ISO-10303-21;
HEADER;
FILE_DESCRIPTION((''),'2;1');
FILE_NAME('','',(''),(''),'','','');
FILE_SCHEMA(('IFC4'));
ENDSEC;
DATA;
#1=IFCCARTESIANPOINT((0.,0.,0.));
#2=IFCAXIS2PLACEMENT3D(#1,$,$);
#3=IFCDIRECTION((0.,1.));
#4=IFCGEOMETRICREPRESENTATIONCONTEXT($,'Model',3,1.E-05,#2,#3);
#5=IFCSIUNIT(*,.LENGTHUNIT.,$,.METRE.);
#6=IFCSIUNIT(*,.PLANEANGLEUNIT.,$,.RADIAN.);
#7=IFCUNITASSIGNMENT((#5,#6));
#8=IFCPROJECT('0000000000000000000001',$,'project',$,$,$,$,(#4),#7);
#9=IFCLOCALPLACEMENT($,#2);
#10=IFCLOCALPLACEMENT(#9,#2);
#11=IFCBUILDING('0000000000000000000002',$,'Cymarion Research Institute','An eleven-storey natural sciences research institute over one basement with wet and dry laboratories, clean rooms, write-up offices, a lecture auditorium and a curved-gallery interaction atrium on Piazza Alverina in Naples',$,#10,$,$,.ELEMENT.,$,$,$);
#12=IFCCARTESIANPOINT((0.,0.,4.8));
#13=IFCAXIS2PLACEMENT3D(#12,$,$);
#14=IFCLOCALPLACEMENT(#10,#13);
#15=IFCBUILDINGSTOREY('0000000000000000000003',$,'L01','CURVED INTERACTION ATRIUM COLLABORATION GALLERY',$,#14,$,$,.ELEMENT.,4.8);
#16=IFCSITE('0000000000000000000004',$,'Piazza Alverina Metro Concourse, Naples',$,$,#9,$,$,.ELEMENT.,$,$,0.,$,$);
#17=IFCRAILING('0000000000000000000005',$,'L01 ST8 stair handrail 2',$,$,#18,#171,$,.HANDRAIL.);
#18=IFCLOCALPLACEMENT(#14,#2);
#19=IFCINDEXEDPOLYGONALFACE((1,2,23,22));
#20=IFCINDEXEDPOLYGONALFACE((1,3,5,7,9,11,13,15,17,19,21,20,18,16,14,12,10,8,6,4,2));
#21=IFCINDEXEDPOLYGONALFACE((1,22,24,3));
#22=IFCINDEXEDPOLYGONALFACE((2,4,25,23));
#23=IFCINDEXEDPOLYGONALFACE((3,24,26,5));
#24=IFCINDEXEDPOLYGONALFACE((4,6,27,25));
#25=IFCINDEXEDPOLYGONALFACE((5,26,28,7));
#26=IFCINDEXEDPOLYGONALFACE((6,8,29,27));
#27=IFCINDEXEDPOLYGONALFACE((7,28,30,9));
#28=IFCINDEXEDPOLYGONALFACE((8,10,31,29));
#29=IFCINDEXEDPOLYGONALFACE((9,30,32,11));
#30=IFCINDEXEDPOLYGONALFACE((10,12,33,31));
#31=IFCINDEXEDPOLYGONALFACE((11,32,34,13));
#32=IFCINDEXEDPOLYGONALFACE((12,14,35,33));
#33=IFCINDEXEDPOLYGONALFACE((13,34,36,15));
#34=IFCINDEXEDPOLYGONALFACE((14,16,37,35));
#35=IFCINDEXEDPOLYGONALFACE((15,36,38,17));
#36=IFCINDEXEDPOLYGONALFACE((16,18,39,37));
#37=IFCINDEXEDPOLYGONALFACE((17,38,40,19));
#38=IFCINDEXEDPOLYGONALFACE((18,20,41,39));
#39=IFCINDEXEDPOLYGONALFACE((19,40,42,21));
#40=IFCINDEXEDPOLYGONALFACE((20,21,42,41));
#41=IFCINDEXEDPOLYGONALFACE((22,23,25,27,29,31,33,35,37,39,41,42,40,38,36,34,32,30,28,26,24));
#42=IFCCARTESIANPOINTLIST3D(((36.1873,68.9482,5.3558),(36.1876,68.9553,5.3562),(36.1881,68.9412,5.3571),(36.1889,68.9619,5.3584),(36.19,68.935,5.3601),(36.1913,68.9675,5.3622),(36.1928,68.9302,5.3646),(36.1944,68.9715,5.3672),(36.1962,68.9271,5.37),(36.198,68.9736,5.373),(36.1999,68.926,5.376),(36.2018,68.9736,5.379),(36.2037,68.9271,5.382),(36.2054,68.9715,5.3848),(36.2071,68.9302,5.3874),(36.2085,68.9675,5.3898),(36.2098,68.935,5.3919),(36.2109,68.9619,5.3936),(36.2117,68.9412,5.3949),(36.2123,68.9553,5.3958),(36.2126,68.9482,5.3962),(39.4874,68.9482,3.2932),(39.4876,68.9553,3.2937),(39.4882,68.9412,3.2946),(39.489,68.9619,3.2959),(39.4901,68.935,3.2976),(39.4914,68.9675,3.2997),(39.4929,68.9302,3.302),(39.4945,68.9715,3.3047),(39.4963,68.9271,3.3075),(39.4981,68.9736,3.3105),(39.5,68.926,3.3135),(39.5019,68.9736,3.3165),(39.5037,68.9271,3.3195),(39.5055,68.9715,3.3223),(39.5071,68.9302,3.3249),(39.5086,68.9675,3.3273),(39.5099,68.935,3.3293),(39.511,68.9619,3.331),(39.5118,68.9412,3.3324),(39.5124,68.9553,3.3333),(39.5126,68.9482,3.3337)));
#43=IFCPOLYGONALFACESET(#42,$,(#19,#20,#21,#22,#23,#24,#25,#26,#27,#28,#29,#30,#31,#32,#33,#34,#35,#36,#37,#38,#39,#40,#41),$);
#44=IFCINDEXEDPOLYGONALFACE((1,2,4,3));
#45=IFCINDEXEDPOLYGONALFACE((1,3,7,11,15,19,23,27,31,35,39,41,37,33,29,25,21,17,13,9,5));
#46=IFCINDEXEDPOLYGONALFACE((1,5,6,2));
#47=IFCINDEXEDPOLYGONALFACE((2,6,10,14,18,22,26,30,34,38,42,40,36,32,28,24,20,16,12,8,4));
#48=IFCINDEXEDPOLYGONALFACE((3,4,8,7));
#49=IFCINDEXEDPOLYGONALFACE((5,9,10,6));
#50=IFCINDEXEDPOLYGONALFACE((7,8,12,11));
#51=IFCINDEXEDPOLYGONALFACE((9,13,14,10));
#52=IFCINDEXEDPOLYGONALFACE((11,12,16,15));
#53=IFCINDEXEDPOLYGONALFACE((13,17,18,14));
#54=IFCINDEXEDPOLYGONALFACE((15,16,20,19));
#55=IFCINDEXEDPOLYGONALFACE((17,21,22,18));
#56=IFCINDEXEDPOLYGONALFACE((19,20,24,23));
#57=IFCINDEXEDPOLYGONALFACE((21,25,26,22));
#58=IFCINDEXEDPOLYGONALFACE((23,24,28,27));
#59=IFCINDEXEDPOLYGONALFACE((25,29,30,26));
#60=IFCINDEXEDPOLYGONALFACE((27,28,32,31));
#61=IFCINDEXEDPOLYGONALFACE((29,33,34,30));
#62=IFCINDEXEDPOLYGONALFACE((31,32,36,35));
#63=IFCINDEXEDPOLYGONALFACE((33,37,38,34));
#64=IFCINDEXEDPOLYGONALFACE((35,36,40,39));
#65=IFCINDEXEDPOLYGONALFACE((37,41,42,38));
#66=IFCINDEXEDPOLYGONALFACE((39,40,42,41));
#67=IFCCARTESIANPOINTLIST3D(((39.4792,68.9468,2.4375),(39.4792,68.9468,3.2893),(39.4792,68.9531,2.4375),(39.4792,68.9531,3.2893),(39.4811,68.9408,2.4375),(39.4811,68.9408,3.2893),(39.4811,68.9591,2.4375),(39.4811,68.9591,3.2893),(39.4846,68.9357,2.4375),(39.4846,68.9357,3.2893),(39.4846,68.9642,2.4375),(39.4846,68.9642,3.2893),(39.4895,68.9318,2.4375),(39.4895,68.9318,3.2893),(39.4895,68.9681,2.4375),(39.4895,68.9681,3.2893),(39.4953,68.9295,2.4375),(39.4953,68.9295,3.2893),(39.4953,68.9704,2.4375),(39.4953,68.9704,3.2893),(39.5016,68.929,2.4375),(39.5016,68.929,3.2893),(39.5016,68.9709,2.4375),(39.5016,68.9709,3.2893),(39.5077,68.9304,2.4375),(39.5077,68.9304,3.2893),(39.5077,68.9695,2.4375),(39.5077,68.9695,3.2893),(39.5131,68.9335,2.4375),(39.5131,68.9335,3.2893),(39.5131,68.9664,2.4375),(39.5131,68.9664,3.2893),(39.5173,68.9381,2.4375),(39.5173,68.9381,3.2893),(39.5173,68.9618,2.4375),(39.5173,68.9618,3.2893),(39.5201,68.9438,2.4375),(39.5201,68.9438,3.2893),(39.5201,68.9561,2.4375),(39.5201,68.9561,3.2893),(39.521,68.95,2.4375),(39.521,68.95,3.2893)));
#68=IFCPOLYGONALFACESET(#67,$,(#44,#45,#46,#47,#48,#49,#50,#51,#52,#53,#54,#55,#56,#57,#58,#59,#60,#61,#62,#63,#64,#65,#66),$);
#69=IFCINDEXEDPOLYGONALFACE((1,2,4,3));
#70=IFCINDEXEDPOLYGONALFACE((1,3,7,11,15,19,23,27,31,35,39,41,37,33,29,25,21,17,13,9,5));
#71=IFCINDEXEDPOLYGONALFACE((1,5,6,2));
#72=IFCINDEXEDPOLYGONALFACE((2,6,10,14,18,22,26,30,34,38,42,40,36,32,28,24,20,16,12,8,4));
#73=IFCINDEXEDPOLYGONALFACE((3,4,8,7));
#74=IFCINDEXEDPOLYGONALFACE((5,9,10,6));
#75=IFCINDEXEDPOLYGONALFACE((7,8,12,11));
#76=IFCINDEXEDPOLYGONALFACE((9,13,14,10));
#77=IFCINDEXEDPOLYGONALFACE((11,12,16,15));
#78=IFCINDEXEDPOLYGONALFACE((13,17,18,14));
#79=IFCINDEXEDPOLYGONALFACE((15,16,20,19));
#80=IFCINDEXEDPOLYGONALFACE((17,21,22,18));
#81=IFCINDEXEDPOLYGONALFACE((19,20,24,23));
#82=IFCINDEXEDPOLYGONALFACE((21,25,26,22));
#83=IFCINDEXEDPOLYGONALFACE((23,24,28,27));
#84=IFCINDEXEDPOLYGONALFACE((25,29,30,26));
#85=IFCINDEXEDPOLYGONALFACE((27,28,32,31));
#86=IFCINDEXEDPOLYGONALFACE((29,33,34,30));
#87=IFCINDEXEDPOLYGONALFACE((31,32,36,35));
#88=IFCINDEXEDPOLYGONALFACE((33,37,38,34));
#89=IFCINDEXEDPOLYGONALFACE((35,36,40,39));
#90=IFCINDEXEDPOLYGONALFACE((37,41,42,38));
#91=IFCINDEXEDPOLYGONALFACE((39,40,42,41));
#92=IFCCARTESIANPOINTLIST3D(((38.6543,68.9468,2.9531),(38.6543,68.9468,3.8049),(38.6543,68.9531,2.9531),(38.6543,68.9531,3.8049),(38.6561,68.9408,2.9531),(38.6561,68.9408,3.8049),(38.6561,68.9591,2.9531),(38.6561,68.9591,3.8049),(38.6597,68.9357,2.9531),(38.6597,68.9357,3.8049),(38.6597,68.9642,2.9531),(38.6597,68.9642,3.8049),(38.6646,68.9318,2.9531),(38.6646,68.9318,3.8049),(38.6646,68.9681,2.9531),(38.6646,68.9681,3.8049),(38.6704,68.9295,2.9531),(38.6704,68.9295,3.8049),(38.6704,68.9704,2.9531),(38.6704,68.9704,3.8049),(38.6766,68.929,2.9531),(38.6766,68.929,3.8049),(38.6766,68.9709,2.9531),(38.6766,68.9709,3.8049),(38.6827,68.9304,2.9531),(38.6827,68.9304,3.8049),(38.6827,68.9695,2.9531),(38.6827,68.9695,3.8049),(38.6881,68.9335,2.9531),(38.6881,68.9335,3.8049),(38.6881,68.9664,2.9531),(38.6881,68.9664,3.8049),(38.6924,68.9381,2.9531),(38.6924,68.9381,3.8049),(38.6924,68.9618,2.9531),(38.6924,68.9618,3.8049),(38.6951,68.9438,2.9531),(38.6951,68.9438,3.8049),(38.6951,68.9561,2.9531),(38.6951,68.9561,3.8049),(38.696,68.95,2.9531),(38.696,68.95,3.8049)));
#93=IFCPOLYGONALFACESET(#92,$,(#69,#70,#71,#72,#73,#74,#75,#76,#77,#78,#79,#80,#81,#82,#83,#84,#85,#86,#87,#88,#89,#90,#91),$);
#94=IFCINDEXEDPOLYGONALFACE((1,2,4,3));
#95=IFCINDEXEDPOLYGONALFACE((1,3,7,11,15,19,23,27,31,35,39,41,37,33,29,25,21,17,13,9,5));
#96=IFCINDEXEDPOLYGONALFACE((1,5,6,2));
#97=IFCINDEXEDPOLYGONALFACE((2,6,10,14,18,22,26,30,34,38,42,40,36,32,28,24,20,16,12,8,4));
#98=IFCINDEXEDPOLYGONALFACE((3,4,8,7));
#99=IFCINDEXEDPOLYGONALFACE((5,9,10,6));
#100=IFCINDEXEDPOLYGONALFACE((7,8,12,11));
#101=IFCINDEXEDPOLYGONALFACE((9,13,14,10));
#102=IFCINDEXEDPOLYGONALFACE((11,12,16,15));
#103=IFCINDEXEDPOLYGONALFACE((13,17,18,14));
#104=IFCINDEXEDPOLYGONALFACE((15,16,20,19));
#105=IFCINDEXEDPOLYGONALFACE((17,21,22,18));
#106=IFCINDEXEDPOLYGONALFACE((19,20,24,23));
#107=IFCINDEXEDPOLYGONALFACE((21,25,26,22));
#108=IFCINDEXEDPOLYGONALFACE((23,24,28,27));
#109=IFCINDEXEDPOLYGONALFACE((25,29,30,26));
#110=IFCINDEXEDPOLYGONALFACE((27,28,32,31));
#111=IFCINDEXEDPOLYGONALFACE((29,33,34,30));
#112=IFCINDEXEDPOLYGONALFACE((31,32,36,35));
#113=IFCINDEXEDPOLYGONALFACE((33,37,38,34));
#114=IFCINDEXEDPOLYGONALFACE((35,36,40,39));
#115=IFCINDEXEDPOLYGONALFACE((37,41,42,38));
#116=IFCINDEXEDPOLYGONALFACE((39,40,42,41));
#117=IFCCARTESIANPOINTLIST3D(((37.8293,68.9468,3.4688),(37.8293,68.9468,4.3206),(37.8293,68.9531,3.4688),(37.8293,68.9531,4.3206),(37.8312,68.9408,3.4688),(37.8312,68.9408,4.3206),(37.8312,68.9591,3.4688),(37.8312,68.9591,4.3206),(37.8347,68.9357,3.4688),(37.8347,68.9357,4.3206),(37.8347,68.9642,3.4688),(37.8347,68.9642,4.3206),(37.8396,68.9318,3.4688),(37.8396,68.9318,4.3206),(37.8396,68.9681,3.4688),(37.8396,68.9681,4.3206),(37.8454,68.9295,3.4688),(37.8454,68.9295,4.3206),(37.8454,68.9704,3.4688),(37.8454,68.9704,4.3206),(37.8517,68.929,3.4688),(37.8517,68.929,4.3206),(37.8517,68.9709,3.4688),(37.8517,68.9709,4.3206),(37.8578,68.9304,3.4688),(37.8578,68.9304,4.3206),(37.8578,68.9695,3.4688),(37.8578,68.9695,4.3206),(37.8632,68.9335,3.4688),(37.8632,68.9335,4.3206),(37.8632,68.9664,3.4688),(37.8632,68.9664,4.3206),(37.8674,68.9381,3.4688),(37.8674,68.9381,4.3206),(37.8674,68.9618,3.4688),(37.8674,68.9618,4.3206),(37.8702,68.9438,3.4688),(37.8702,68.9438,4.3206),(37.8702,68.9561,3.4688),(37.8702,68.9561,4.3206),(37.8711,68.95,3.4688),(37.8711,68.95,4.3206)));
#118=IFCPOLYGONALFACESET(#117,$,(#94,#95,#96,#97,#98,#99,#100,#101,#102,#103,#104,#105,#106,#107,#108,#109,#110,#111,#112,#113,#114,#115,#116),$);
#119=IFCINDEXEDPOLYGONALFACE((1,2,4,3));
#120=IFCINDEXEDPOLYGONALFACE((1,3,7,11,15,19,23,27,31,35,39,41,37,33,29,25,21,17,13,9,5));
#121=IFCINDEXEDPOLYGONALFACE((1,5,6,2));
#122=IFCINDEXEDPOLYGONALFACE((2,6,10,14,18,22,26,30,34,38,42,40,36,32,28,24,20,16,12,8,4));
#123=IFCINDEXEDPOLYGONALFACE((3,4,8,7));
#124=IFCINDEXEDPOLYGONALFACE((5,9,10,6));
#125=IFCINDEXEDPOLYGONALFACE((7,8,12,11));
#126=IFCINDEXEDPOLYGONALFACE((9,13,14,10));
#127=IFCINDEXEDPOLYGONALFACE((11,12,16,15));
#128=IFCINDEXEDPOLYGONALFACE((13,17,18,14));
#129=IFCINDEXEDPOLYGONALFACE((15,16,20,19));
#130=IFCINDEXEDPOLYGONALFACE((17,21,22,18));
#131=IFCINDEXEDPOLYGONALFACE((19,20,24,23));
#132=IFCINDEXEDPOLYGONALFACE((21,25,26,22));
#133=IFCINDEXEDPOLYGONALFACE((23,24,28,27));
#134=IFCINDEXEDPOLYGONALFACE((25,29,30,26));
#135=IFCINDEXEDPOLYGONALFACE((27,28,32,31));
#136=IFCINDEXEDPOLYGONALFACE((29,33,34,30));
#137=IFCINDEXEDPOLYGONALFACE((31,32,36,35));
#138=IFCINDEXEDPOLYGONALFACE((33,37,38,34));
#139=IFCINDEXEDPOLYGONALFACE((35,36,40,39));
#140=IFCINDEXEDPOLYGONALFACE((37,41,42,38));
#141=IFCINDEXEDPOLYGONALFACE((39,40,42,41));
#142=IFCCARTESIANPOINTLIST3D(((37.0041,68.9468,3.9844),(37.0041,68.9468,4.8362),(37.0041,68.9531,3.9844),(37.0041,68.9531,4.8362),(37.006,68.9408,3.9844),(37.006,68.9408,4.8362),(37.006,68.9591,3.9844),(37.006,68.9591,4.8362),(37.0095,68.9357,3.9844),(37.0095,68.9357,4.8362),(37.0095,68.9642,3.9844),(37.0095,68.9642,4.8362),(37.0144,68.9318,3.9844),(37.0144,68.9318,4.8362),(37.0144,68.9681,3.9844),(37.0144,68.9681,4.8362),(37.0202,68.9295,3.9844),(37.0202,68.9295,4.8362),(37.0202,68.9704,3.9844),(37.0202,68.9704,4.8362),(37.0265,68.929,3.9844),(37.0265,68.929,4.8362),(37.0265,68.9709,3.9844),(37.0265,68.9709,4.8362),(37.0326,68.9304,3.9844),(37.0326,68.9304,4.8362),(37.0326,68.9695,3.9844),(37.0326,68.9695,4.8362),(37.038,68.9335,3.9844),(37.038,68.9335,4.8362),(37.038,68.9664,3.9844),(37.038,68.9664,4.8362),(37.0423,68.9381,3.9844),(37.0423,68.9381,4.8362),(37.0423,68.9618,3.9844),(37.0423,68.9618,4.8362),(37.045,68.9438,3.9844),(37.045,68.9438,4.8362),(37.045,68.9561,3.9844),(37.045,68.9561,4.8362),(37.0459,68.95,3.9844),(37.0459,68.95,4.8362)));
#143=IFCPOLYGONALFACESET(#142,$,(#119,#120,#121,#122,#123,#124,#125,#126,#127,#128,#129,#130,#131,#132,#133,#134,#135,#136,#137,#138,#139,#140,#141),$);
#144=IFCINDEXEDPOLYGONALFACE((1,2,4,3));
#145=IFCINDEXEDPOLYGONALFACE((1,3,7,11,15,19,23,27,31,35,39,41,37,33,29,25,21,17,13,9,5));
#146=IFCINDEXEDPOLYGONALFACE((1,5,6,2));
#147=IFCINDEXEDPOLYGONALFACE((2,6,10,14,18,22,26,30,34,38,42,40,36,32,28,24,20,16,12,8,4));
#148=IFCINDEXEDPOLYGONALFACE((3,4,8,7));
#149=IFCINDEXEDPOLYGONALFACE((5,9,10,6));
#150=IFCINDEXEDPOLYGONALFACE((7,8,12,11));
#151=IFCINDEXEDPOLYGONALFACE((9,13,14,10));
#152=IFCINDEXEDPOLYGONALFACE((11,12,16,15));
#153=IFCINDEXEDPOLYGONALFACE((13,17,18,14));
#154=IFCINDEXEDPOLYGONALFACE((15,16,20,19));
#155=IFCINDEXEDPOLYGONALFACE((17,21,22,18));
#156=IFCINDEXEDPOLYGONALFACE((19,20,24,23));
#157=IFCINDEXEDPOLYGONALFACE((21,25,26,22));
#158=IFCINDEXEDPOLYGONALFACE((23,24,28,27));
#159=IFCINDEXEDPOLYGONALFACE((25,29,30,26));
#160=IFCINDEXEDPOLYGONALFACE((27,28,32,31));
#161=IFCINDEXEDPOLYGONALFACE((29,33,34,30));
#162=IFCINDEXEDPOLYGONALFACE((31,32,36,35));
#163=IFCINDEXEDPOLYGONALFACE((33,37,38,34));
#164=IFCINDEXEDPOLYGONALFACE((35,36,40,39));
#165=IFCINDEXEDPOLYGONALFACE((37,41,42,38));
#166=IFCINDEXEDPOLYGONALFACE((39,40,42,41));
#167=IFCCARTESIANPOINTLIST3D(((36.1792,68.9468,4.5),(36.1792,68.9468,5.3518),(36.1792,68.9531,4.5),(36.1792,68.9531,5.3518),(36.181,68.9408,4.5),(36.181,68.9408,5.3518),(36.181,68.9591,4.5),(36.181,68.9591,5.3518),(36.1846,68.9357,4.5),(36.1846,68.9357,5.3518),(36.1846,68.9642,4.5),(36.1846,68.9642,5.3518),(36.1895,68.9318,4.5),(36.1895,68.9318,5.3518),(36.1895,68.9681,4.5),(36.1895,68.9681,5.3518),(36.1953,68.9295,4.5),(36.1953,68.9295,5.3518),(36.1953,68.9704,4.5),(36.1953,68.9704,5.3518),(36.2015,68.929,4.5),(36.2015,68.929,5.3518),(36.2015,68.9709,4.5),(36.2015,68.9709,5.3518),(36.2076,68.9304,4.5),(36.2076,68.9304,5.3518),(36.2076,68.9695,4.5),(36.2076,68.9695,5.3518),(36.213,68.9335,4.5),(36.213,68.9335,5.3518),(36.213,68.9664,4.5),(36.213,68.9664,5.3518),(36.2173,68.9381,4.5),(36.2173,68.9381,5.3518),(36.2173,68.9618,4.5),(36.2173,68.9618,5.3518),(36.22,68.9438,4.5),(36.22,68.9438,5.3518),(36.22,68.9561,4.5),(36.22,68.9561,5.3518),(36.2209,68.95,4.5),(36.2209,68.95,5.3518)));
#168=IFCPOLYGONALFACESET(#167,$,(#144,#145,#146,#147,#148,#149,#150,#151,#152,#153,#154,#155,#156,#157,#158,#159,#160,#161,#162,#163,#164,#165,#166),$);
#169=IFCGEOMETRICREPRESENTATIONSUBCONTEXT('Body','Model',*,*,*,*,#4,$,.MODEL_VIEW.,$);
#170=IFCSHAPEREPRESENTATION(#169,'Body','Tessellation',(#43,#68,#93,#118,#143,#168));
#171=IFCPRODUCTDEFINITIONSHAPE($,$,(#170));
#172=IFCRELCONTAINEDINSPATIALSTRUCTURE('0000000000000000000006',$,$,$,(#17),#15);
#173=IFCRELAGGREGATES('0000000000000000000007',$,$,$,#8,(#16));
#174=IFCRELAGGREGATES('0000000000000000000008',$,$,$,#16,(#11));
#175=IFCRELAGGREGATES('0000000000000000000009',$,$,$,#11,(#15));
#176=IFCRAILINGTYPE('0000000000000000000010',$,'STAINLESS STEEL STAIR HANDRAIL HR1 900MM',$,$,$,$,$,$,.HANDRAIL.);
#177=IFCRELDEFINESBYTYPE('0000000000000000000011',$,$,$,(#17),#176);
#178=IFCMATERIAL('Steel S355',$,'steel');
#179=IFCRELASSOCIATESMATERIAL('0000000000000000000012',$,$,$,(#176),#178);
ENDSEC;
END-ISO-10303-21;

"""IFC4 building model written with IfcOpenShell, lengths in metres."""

from ifc_helpers import new_model, si_unit, direction, frame, origin, origin_2d, place, context, subcontext, project, spatial, circle, extrude, material, type_object, element, save


model = new_model("IFC4")

# Units and contexts
model_context = context("Model", 3, precision=1e-05, world=origin(), true_north=direction((0.0, 1.0)))
body_context = subcontext(model_context, "Body", "Model", "MODEL_VIEW")
ifc_project = project(units=[si_unit("LENGTHUNIT", "METRE"), si_unit("PLANEANGLEUNIT", "RADIAN")], contexts=[model_context])

# Site, building, storey
site_placement = place(None, origin())
site = spatial("IfcSite", under=ifc_project, at=site_placement, Name="Piazza Alverina Metro Concourse, Naples", CompositionType="ELEMENT", RefElevation=0.0)
building_placement = place(site_placement, origin())
building = spatial("IfcBuilding", under=site, at=building_placement, Name="Cymarion Research Institute", Description="An eleven-storey natural sciences research institute over one basement with wet and dry laboratories, clean rooms, write-up offices, a lecture auditorium and a curved-gallery interaction atrium on Piazza Alverina in Naples", CompositionType="ELEMENT")
storey_placement = place(building_placement, frame((0.0, 0.0, 4.8)))
storey = spatial("IfcBuildingStorey", under=building, at=storey_placement, Name="L01", Description="CURVED INTERACTION ATRIUM COLLABORATION GALLERY", CompositionType="ELEMENT", Elevation=4.8)

# Shared definitions
ifc_material_1 = material(Name="Steel S355", Category="steel")

# Railing
railing_type_1 = type_object("IfcRailingType", Name="STAINLESS STEEL STAIR HANDRAIL HR1 900MM", PredefinedType="HANDRAIL", material=ifc_material_1)
railing_1_placement = place(storey_placement, frame((39.5, 68.95, 2.4375)))
element("IfcRailing", 1, at=railing_1_placement, inside=storey, type_object=railing_type_1, Name="L01 ST8 stair handrail 2", PredefinedType="HANDRAIL", context=body_context, shape_type="SweptSolid", body=[
    extrude(circle(Radius=0.0239, at=origin_2d()), frame((0.0, 0.0, 0.876), z_axis=(-0.848002, 0.0, 0.529993), x_axis=(0.0, -1.0, 0.0)), (0.0, 0.0, 1.0), 3.8916),
    extrude(circle(Radius=0.021, at=origin_2d()), origin(), (0.0, 0.0, 1.0), 0.8518),
    extrude(circle(Radius=0.021, at=origin_2d()), frame((-0.825, 0.0, 0.5156)), (0.0, 0.0, 1.0), 0.8518),
    extrude(circle(Radius=0.021, at=origin_2d()), frame((-1.6499, 0.0, 1.0312)), (0.0, 0.0, 1.0), 0.8518),
    extrude(circle(Radius=0.021, at=origin_2d()), frame((-2.4751, 0.0, 1.5469)), (0.0, 0.0, 1.0), 0.8518),
    extrude(circle(Radius=0.021, at=origin_2d()), frame((-3.3, 0.0, 2.0625)), (0.0, 0.0, 1.0), 0.8518),
])

save(model, "model.ifc")
